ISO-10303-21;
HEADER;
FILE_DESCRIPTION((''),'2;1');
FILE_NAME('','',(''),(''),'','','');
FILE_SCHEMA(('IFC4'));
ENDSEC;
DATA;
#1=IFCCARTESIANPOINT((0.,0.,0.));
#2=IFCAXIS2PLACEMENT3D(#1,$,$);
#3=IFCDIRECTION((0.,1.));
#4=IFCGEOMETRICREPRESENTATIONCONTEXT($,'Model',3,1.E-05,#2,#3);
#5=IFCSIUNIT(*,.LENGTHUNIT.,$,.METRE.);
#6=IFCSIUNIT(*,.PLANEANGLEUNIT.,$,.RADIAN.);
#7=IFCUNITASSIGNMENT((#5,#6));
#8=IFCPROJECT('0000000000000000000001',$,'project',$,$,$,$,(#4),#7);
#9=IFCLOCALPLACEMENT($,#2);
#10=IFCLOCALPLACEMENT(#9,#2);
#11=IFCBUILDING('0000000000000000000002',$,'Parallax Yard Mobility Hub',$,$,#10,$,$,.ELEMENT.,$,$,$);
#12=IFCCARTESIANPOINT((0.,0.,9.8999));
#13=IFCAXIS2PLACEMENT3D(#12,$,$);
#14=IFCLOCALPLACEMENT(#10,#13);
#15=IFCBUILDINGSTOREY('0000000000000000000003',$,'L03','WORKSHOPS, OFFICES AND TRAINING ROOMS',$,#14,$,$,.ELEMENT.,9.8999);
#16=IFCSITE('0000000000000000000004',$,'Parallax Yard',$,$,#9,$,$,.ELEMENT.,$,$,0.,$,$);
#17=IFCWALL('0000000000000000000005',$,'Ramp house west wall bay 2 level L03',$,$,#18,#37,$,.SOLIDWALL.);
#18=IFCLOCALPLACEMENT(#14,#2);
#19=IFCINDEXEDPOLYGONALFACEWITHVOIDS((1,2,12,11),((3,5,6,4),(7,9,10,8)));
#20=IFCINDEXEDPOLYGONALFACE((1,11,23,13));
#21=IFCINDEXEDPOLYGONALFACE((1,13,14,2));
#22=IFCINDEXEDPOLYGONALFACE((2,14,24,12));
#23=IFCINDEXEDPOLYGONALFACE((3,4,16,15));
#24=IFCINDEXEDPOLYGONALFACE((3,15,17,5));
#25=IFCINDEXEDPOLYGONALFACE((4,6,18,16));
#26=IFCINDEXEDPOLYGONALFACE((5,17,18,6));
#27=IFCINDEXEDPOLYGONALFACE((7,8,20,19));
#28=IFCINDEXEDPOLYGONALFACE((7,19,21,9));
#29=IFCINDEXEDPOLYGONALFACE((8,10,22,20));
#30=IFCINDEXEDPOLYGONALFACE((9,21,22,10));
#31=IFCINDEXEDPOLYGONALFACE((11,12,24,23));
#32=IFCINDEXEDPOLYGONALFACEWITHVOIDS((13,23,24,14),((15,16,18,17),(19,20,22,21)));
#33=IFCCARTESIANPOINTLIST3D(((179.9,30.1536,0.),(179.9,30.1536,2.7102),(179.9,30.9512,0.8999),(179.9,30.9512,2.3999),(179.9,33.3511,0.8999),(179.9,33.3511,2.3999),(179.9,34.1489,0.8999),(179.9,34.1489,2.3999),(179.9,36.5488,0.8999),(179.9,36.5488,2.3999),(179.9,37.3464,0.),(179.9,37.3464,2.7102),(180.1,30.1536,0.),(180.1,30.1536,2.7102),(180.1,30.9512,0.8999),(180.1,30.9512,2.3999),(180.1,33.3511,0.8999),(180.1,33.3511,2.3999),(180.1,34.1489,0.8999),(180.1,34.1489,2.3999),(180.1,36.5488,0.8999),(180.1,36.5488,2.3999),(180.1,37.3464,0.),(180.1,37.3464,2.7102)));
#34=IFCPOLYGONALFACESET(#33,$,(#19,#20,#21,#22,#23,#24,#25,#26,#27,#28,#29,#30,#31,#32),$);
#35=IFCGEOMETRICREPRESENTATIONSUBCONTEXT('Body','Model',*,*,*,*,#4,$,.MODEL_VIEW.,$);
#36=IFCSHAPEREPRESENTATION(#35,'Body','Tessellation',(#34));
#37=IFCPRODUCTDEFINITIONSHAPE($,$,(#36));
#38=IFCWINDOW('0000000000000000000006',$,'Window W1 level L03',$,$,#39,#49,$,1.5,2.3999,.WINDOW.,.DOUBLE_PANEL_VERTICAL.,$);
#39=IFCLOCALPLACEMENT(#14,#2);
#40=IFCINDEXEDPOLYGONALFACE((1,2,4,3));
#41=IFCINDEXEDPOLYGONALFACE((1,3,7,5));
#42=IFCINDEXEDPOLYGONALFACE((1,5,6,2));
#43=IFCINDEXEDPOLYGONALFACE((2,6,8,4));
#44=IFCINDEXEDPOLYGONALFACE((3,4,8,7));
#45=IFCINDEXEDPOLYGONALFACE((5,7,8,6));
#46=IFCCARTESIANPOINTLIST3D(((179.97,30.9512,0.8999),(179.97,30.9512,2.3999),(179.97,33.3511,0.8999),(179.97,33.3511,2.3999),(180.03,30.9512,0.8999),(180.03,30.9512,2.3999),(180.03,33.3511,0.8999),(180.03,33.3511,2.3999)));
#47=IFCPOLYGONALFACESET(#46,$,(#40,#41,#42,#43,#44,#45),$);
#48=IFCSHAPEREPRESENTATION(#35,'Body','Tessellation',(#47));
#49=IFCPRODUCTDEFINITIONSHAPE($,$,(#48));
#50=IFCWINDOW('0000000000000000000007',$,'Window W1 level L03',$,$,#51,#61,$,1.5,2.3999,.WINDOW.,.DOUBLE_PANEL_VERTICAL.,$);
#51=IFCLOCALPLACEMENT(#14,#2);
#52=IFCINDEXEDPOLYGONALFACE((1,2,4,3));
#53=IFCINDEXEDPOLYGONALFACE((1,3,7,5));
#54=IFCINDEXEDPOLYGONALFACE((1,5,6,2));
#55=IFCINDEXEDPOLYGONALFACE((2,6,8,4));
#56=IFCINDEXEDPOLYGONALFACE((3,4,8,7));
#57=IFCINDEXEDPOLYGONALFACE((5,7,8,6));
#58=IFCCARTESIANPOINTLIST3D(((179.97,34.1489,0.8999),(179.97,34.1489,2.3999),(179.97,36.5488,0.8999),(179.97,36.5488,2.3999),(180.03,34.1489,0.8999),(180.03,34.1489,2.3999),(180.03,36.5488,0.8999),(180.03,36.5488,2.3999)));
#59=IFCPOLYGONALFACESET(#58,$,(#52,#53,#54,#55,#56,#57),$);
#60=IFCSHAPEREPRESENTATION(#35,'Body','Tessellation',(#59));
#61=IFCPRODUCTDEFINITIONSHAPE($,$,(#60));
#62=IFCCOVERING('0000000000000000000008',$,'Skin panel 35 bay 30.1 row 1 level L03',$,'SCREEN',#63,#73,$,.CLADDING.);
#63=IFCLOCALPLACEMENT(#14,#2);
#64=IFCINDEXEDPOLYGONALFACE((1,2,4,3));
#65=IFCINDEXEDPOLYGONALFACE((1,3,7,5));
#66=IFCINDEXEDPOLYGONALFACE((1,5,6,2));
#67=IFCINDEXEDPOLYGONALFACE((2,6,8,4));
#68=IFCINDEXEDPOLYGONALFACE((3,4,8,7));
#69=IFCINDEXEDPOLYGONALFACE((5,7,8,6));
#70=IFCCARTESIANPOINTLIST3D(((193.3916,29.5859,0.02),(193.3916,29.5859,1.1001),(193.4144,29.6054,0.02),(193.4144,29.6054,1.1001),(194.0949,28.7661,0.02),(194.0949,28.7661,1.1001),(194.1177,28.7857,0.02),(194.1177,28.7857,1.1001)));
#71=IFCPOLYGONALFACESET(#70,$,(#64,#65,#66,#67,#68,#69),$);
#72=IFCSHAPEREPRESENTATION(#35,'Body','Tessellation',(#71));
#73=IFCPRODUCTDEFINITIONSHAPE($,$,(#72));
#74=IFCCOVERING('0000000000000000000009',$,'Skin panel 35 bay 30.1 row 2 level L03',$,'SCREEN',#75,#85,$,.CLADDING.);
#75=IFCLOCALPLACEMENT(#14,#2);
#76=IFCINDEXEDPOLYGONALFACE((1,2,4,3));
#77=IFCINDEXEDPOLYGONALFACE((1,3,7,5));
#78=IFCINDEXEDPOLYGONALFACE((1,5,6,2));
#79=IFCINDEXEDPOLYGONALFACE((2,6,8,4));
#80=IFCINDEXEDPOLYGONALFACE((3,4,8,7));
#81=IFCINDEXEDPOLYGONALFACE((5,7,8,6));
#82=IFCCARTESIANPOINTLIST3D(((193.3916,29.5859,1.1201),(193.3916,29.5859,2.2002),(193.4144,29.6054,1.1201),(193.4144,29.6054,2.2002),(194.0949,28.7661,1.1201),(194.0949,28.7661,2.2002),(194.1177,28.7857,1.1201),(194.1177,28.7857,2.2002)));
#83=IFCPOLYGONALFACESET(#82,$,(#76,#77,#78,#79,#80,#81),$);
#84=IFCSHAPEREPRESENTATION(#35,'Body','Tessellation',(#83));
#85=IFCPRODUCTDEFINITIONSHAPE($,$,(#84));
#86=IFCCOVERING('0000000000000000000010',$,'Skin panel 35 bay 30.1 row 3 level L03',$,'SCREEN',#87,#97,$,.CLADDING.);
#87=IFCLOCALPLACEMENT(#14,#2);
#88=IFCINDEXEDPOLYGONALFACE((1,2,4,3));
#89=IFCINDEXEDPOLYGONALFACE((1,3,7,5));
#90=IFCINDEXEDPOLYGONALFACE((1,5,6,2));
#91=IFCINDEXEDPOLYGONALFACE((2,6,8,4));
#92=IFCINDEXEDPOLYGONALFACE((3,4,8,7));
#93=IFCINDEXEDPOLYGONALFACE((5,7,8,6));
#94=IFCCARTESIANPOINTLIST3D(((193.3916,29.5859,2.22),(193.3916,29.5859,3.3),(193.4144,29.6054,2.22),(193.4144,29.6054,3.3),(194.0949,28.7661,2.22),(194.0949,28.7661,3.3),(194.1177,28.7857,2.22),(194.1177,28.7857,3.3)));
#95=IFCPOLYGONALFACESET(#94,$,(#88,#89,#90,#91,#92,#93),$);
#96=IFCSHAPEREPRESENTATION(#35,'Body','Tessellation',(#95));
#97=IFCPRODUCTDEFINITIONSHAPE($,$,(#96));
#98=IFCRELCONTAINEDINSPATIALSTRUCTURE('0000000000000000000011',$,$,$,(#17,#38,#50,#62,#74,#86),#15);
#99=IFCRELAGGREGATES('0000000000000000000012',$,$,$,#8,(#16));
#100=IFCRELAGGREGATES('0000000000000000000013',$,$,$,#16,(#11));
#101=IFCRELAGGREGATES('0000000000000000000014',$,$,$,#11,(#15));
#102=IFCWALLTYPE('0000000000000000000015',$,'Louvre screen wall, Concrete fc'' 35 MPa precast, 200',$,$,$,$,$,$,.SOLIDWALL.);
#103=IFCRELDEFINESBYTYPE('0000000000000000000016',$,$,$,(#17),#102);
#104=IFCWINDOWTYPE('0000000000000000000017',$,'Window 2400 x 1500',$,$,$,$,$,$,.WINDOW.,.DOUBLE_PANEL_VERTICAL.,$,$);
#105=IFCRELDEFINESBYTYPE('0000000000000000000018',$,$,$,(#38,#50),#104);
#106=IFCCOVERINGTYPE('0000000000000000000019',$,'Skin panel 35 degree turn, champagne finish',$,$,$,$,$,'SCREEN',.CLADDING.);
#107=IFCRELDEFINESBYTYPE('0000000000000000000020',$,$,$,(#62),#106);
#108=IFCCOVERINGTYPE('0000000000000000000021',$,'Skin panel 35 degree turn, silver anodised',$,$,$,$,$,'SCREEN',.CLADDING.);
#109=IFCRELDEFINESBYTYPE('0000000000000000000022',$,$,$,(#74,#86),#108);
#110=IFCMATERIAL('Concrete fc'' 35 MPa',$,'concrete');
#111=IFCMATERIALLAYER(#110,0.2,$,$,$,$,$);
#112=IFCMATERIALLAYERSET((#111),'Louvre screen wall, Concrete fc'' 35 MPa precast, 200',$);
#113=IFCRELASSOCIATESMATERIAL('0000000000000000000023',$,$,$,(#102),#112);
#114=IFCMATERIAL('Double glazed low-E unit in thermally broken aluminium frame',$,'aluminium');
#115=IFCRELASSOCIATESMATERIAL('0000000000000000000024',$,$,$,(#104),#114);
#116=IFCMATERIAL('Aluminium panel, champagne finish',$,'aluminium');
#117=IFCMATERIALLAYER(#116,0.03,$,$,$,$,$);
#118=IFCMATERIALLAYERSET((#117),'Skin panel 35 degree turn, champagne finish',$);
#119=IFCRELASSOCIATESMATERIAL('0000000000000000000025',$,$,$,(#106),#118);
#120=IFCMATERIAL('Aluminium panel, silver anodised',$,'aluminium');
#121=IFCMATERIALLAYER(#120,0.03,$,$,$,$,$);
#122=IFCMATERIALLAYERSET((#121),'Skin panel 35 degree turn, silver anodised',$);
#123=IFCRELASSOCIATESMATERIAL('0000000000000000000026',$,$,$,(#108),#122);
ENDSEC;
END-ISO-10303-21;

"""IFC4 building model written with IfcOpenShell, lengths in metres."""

from ifc_helpers import new_model, si_unit, direction, frame, frame_2d, origin, origin_2d, place, context, subcontext, project, spatial, rectangle, extrude, material, layer, layer_set, type_object, element, fill, save


model = new_model("IFC4")

# Units and contexts
model_context = context("Model", 3, precision=1e-05, world=origin(), true_north=direction((0.0, 1.0)))
body_context = subcontext(model_context, "Body", "Model", "MODEL_VIEW")
ifc_project = project(units=[si_unit("LENGTHUNIT", "METRE"), si_unit("PLANEANGLEUNIT", "RADIAN")], contexts=[model_context])

# Site, building, storey
site_placement = place(None, origin())
site = spatial("IfcSite", under=ifc_project, at=site_placement, Name="Parallax Yard", CompositionType="ELEMENT", RefElevation=0.0)
building_placement = place(site_placement, origin())
building = spatial("IfcBuilding", under=site, at=building_placement, Name="Parallax Yard Mobility Hub", CompositionType="ELEMENT")
storey_placement = place(building_placement, frame((0.0, 0.0, 9.8999)))
storey = spatial("IfcBuildingStorey", under=building, at=storey_placement, Name="L03", Description="WORKSHOPS, OFFICES AND TRAINING ROOMS", CompositionType="ELEMENT", Elevation=9.8999)

# Wall, openings, windows
ifc_material_1 = material(Name="Concrete fc' 35 MPa", Category="concrete")
ifc_layer_1 = layer(ifc_material_1, 0.2)
ifc_layer_set_1 = layer_set([ifc_layer_1], Name="Louvre screen wall, Concrete fc' 35 MPa precast, 200")
wall_type = type_object("IfcWallType", Name="Louvre screen wall, Concrete fc' 35 MPa precast, 200", PredefinedType="SOLIDWALL", material=ifc_layer_set_1)
wall_placement = place(storey_placement, frame((180.0, 30.1536, 0.0), z_axis=(0.0, 0.0, 1.0), x_axis=(0.0, 1.0, 0.0)))
wall = element("IfcWall", 1, at=wall_placement, inside=storey, type_object=wall_type, Name="Ramp house west wall bay 2 level L03", PredefinedType="SOLIDWALL", context=body_context, shape_type="SweptSolid", body=[
    extrude(rectangle(XDim=7.1929, YDim=0.2, at=frame_2d((3.5964, 0.0))), origin(), (0.0, 0.0, 1.0), 2.7102),
])
opening_1_placement = place(wall_placement, frame((0.7976, 0.0, 0.8999)))
opening_1 = element("IfcOpeningElement", 2, at=opening_1_placement, cuts=wall, PredefinedType="OPENING", context=body_context, shape_type="SweptSolid", body=[
    extrude(rectangle(XDim=2.3999, YDim=1.5, at=frame_2d((1.2, 0.75))), frame((0.0, 0.1099, 0.0), z_axis=(0.0, -1.0, 0.0), x_axis=(1.0, 0.0, 0.0)), (0.0, 0.0, 1.0), 0.22),
])
opening_2_placement = place(wall_placement, frame((3.9954, 0.0, 0.8999)))
opening_2 = element("IfcOpeningElement", 3, at=opening_2_placement, cuts=wall, PredefinedType="OPENING", context=body_context, shape_type="SweptSolid", body=[
    extrude(rectangle(XDim=2.3999, YDim=1.5, at=frame_2d((1.2, 0.75))), frame((0.0, 0.1099, 0.0), z_axis=(0.0, -1.0, 0.0), x_axis=(1.0, 0.0, 0.0)), (0.0, 0.0, 1.0), 0.22),
])
ifc_material_2 = material(Name="Double glazed low-E unit in thermally broken aluminium frame", Category="aluminium")
window_type = type_object("IfcWindowType", Name="Window 2400 x 1500", PartitioningType="DOUBLE_PANEL_VERTICAL", PredefinedType="WINDOW", material=ifc_material_2)
window_1_placement = place(opening_1_placement, origin())
window_1 = element("IfcWindow", 4, at=window_1_placement, inside=storey, type_object=window_type, Name="Window W1 level L03", OverallHeight=1.5, OverallWidth=2.3999, PartitioningType="DOUBLE_PANEL_VERTICAL", PredefinedType="WINDOW", context=body_context, shape_type="SweptSolid", body=[
    extrude(rectangle(XDim=2.3999, YDim=1.5, at=frame_2d((1.2, 0.75))), frame((0.0, 0.03, 0.0), z_axis=(0.0, -1.0, 0.0), x_axis=(1.0, 0.0, 0.0)), (0.0, 0.0, 1.0), 0.0601),
])
fill(opening_1, window_1)
window_2_placement = place(opening_2_placement, origin())
window_2 = element("IfcWindow", 5, at=window_2_placement, inside=storey, type_object=window_type, Name="Window W1 level L03", OverallHeight=1.5, OverallWidth=2.3999, PartitioningType="DOUBLE_PANEL_VERTICAL", PredefinedType="WINDOW", context=body_context, shape_type="SweptSolid", body=[
    extrude(rectangle(XDim=2.3999, YDim=1.5, at=frame_2d((1.2, 0.75))), frame((0.0, 0.03, 0.0), z_axis=(0.0, -1.0, 0.0), x_axis=(1.0, 0.0, 0.0)), (0.0, 0.0, 1.0), 0.0601),
])
fill(opening_2, window_2)

# Coverings
ifc_material_3 = material(Name="Aluminium panel, champagne finish", Category="aluminium")
ifc_layer_2 = layer(ifc_material_3, 0.03)
ifc_layer_set_2 = layer_set([ifc_layer_2], Name="Skin panel 35 degree turn, champagne finish")
covering_type_1 = type_object("IfcCoveringType", Name="Skin panel 35 degree turn, champagne finish", ElementType="SCREEN", PredefinedType="CLADDING", material=ifc_layer_set_2)
covering_placement = place(storey_placement, frame((193.7546, 29.1858, 0.02), z_axis=(0.0, 0.0, 1.0), x_axis=(-0.651105, 0.758987, 0.0)))
element("IfcCovering", 6, at=covering_placement, inside=storey, type_object=covering_type_1, Name="Skin panel 35 bay 30.1 row 1 level L03", ObjectType="SCREEN", PredefinedType="CLADDING", context=body_context, shape_type="SweptSolid", body=[
    extrude(rectangle(XDim=1.0801, YDim=0.03, at=origin_2d()), origin(), (0.0, 0.0, 1.0), 1.0801),
])
ifc_material_4 = material(Name="Aluminium panel, silver anodised", Category="aluminium")
ifc_layer_3 = layer(ifc_material_4, 0.03)
ifc_layer_set_3 = layer_set([ifc_layer_3], Name="Skin panel 35 degree turn, silver anodised")
covering_type_2 = type_object("IfcCoveringType", Name="Skin panel 35 degree turn, silver anodised", ElementType="SCREEN", PredefinedType="CLADDING", material=ifc_layer_set_3)
for number, where, z_axis, x_axis, name in (
    (7, (193.7546, 29.1858, 1.1201), (0.0, 0.0, 1.0), (-0.651105, 0.758987, 0.0), "Skin panel 35 bay 30.1 row 2 level L03"),
    (8, (193.7546, 29.1858, 2.22), (0.0, 0.0, 1.0), (-0.651105, 0.758987, 0.0), "Skin panel 35 bay 30.1 row 3 level L03"),
):
    element("IfcCovering", number, at=place(storey_placement, frame(where, z_axis=z_axis, x_axis=x_axis)), inside=storey, type_object=covering_type_2, Name=name, ObjectType="SCREEN", PredefinedType="CLADDING", context=body_context, shape_type="SweptSolid", body=[
        extrude(rectangle(XDim=1.0801, YDim=0.03, at=origin_2d()), origin(), (0.0, 0.0, 1.0), 1.0801),
    ])

save(model, "model.ifc")
